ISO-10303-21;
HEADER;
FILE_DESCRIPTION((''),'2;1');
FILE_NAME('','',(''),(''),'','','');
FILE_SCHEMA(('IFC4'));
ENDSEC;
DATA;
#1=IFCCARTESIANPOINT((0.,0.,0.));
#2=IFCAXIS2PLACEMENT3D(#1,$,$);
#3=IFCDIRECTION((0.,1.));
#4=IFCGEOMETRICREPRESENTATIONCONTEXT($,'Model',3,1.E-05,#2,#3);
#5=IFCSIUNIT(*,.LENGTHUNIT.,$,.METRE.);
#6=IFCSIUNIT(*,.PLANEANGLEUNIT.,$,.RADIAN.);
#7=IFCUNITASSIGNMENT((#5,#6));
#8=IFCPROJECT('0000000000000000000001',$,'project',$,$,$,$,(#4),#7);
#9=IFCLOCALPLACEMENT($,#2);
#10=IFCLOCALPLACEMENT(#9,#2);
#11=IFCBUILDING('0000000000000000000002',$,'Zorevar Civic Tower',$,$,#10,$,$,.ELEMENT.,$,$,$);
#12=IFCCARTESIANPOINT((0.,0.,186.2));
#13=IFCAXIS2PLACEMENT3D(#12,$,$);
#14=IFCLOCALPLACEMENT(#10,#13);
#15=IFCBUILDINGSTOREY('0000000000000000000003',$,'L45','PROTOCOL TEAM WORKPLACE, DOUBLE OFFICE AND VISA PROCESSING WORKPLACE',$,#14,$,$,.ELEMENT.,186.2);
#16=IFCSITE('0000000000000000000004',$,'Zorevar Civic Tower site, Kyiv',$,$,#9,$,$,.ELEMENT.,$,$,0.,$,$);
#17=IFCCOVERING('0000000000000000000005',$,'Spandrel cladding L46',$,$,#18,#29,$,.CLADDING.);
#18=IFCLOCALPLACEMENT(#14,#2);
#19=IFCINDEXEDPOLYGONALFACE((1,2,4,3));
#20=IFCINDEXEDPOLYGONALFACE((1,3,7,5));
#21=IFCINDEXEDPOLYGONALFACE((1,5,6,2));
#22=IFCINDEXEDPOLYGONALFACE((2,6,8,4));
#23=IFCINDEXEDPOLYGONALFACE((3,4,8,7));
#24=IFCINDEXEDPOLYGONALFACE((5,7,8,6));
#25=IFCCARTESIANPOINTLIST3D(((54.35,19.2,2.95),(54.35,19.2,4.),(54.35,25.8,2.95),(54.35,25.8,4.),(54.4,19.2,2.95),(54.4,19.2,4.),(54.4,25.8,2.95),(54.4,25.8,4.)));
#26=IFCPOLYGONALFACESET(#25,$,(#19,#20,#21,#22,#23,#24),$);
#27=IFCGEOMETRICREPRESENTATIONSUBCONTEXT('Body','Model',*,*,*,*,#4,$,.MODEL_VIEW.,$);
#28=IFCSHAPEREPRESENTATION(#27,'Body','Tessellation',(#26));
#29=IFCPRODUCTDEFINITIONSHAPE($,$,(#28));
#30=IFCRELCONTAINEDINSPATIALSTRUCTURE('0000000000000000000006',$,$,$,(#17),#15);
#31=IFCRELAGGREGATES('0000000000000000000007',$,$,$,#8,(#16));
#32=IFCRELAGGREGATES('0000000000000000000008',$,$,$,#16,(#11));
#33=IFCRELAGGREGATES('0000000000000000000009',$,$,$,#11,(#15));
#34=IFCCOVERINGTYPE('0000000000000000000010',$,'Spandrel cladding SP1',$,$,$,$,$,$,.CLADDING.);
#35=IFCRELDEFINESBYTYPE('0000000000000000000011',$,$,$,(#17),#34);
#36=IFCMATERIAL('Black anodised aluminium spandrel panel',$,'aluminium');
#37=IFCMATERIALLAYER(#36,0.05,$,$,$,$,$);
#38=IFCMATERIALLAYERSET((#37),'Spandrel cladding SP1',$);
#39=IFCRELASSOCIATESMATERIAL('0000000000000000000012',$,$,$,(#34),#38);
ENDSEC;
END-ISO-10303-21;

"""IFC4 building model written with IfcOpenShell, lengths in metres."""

from ifc_helpers import new_model, si_unit, direction, frame, frame_2d, origin, place, context, subcontext, project, spatial, rectangle, extrude, material, layer, layer_set, type_object, element, save


model = new_model("IFC4")

# Units and contexts
model_context = context("Model", 3, precision=1e-05, world=origin(), true_north=direction((0.0, 1.0)))
body_context = subcontext(model_context, "Body", "Model", "MODEL_VIEW")
ifc_project = project(units=[si_unit("LENGTHUNIT", "METRE"), si_unit("PLANEANGLEUNIT", "RADIAN")], contexts=[model_context])

# Site, building, storey
site_placement = place(None, origin())
site = spatial("IfcSite", under=ifc_project, at=site_placement, Name="Zorevar Civic Tower site, Kyiv", CompositionType="ELEMENT", RefElevation=0.0)
building_placement = place(site_placement, origin())
building = spatial("IfcBuilding", under=site, at=building_placement, Name="Zorevar Civic Tower", CompositionType="ELEMENT")
storey_placement = place(building_placement, frame((0.0, 0.0, 186.2)))
storey = spatial("IfcBuildingStorey", under=building, at=storey_placement, Name="L45", Description="PROTOCOL TEAM WORKPLACE, DOUBLE OFFICE AND VISA PROCESSING WORKPLACE", CompositionType="ELEMENT", Elevation=186.2)

# Covering
ifc_material_1 = material(Name="Black anodised aluminium spandrel panel", Category="aluminium")
ifc_layer_1 = layer(ifc_material_1, 0.05)
ifc_layer_set_1 = layer_set([ifc_layer_1], Name="Spandrel cladding SP1")
covering_type = type_object("IfcCoveringType", Name="Spandrel cladding SP1", PredefinedType="CLADDING", material=ifc_layer_set_1)
covering_1_placement = place(storey_placement, frame((54.375, 19.2, 2.95), z_axis=(0.0, 0.0, 1.0), x_axis=(0.0, 1.0, 0.0)))
element("IfcCovering", 1, at=covering_1_placement, inside=storey, type_object=covering_type, Name="Spandrel cladding L46", PredefinedType="CLADDING", context=body_context, shape_type="SweptSolid", body=[
    extrude(rectangle(XDim=6.6001, YDim=0.05, at=frame_2d((3.3, 0.0))), origin(), (0.0, 0.0, 1.0), 1.05),
])

save(model, "model.ifc")
